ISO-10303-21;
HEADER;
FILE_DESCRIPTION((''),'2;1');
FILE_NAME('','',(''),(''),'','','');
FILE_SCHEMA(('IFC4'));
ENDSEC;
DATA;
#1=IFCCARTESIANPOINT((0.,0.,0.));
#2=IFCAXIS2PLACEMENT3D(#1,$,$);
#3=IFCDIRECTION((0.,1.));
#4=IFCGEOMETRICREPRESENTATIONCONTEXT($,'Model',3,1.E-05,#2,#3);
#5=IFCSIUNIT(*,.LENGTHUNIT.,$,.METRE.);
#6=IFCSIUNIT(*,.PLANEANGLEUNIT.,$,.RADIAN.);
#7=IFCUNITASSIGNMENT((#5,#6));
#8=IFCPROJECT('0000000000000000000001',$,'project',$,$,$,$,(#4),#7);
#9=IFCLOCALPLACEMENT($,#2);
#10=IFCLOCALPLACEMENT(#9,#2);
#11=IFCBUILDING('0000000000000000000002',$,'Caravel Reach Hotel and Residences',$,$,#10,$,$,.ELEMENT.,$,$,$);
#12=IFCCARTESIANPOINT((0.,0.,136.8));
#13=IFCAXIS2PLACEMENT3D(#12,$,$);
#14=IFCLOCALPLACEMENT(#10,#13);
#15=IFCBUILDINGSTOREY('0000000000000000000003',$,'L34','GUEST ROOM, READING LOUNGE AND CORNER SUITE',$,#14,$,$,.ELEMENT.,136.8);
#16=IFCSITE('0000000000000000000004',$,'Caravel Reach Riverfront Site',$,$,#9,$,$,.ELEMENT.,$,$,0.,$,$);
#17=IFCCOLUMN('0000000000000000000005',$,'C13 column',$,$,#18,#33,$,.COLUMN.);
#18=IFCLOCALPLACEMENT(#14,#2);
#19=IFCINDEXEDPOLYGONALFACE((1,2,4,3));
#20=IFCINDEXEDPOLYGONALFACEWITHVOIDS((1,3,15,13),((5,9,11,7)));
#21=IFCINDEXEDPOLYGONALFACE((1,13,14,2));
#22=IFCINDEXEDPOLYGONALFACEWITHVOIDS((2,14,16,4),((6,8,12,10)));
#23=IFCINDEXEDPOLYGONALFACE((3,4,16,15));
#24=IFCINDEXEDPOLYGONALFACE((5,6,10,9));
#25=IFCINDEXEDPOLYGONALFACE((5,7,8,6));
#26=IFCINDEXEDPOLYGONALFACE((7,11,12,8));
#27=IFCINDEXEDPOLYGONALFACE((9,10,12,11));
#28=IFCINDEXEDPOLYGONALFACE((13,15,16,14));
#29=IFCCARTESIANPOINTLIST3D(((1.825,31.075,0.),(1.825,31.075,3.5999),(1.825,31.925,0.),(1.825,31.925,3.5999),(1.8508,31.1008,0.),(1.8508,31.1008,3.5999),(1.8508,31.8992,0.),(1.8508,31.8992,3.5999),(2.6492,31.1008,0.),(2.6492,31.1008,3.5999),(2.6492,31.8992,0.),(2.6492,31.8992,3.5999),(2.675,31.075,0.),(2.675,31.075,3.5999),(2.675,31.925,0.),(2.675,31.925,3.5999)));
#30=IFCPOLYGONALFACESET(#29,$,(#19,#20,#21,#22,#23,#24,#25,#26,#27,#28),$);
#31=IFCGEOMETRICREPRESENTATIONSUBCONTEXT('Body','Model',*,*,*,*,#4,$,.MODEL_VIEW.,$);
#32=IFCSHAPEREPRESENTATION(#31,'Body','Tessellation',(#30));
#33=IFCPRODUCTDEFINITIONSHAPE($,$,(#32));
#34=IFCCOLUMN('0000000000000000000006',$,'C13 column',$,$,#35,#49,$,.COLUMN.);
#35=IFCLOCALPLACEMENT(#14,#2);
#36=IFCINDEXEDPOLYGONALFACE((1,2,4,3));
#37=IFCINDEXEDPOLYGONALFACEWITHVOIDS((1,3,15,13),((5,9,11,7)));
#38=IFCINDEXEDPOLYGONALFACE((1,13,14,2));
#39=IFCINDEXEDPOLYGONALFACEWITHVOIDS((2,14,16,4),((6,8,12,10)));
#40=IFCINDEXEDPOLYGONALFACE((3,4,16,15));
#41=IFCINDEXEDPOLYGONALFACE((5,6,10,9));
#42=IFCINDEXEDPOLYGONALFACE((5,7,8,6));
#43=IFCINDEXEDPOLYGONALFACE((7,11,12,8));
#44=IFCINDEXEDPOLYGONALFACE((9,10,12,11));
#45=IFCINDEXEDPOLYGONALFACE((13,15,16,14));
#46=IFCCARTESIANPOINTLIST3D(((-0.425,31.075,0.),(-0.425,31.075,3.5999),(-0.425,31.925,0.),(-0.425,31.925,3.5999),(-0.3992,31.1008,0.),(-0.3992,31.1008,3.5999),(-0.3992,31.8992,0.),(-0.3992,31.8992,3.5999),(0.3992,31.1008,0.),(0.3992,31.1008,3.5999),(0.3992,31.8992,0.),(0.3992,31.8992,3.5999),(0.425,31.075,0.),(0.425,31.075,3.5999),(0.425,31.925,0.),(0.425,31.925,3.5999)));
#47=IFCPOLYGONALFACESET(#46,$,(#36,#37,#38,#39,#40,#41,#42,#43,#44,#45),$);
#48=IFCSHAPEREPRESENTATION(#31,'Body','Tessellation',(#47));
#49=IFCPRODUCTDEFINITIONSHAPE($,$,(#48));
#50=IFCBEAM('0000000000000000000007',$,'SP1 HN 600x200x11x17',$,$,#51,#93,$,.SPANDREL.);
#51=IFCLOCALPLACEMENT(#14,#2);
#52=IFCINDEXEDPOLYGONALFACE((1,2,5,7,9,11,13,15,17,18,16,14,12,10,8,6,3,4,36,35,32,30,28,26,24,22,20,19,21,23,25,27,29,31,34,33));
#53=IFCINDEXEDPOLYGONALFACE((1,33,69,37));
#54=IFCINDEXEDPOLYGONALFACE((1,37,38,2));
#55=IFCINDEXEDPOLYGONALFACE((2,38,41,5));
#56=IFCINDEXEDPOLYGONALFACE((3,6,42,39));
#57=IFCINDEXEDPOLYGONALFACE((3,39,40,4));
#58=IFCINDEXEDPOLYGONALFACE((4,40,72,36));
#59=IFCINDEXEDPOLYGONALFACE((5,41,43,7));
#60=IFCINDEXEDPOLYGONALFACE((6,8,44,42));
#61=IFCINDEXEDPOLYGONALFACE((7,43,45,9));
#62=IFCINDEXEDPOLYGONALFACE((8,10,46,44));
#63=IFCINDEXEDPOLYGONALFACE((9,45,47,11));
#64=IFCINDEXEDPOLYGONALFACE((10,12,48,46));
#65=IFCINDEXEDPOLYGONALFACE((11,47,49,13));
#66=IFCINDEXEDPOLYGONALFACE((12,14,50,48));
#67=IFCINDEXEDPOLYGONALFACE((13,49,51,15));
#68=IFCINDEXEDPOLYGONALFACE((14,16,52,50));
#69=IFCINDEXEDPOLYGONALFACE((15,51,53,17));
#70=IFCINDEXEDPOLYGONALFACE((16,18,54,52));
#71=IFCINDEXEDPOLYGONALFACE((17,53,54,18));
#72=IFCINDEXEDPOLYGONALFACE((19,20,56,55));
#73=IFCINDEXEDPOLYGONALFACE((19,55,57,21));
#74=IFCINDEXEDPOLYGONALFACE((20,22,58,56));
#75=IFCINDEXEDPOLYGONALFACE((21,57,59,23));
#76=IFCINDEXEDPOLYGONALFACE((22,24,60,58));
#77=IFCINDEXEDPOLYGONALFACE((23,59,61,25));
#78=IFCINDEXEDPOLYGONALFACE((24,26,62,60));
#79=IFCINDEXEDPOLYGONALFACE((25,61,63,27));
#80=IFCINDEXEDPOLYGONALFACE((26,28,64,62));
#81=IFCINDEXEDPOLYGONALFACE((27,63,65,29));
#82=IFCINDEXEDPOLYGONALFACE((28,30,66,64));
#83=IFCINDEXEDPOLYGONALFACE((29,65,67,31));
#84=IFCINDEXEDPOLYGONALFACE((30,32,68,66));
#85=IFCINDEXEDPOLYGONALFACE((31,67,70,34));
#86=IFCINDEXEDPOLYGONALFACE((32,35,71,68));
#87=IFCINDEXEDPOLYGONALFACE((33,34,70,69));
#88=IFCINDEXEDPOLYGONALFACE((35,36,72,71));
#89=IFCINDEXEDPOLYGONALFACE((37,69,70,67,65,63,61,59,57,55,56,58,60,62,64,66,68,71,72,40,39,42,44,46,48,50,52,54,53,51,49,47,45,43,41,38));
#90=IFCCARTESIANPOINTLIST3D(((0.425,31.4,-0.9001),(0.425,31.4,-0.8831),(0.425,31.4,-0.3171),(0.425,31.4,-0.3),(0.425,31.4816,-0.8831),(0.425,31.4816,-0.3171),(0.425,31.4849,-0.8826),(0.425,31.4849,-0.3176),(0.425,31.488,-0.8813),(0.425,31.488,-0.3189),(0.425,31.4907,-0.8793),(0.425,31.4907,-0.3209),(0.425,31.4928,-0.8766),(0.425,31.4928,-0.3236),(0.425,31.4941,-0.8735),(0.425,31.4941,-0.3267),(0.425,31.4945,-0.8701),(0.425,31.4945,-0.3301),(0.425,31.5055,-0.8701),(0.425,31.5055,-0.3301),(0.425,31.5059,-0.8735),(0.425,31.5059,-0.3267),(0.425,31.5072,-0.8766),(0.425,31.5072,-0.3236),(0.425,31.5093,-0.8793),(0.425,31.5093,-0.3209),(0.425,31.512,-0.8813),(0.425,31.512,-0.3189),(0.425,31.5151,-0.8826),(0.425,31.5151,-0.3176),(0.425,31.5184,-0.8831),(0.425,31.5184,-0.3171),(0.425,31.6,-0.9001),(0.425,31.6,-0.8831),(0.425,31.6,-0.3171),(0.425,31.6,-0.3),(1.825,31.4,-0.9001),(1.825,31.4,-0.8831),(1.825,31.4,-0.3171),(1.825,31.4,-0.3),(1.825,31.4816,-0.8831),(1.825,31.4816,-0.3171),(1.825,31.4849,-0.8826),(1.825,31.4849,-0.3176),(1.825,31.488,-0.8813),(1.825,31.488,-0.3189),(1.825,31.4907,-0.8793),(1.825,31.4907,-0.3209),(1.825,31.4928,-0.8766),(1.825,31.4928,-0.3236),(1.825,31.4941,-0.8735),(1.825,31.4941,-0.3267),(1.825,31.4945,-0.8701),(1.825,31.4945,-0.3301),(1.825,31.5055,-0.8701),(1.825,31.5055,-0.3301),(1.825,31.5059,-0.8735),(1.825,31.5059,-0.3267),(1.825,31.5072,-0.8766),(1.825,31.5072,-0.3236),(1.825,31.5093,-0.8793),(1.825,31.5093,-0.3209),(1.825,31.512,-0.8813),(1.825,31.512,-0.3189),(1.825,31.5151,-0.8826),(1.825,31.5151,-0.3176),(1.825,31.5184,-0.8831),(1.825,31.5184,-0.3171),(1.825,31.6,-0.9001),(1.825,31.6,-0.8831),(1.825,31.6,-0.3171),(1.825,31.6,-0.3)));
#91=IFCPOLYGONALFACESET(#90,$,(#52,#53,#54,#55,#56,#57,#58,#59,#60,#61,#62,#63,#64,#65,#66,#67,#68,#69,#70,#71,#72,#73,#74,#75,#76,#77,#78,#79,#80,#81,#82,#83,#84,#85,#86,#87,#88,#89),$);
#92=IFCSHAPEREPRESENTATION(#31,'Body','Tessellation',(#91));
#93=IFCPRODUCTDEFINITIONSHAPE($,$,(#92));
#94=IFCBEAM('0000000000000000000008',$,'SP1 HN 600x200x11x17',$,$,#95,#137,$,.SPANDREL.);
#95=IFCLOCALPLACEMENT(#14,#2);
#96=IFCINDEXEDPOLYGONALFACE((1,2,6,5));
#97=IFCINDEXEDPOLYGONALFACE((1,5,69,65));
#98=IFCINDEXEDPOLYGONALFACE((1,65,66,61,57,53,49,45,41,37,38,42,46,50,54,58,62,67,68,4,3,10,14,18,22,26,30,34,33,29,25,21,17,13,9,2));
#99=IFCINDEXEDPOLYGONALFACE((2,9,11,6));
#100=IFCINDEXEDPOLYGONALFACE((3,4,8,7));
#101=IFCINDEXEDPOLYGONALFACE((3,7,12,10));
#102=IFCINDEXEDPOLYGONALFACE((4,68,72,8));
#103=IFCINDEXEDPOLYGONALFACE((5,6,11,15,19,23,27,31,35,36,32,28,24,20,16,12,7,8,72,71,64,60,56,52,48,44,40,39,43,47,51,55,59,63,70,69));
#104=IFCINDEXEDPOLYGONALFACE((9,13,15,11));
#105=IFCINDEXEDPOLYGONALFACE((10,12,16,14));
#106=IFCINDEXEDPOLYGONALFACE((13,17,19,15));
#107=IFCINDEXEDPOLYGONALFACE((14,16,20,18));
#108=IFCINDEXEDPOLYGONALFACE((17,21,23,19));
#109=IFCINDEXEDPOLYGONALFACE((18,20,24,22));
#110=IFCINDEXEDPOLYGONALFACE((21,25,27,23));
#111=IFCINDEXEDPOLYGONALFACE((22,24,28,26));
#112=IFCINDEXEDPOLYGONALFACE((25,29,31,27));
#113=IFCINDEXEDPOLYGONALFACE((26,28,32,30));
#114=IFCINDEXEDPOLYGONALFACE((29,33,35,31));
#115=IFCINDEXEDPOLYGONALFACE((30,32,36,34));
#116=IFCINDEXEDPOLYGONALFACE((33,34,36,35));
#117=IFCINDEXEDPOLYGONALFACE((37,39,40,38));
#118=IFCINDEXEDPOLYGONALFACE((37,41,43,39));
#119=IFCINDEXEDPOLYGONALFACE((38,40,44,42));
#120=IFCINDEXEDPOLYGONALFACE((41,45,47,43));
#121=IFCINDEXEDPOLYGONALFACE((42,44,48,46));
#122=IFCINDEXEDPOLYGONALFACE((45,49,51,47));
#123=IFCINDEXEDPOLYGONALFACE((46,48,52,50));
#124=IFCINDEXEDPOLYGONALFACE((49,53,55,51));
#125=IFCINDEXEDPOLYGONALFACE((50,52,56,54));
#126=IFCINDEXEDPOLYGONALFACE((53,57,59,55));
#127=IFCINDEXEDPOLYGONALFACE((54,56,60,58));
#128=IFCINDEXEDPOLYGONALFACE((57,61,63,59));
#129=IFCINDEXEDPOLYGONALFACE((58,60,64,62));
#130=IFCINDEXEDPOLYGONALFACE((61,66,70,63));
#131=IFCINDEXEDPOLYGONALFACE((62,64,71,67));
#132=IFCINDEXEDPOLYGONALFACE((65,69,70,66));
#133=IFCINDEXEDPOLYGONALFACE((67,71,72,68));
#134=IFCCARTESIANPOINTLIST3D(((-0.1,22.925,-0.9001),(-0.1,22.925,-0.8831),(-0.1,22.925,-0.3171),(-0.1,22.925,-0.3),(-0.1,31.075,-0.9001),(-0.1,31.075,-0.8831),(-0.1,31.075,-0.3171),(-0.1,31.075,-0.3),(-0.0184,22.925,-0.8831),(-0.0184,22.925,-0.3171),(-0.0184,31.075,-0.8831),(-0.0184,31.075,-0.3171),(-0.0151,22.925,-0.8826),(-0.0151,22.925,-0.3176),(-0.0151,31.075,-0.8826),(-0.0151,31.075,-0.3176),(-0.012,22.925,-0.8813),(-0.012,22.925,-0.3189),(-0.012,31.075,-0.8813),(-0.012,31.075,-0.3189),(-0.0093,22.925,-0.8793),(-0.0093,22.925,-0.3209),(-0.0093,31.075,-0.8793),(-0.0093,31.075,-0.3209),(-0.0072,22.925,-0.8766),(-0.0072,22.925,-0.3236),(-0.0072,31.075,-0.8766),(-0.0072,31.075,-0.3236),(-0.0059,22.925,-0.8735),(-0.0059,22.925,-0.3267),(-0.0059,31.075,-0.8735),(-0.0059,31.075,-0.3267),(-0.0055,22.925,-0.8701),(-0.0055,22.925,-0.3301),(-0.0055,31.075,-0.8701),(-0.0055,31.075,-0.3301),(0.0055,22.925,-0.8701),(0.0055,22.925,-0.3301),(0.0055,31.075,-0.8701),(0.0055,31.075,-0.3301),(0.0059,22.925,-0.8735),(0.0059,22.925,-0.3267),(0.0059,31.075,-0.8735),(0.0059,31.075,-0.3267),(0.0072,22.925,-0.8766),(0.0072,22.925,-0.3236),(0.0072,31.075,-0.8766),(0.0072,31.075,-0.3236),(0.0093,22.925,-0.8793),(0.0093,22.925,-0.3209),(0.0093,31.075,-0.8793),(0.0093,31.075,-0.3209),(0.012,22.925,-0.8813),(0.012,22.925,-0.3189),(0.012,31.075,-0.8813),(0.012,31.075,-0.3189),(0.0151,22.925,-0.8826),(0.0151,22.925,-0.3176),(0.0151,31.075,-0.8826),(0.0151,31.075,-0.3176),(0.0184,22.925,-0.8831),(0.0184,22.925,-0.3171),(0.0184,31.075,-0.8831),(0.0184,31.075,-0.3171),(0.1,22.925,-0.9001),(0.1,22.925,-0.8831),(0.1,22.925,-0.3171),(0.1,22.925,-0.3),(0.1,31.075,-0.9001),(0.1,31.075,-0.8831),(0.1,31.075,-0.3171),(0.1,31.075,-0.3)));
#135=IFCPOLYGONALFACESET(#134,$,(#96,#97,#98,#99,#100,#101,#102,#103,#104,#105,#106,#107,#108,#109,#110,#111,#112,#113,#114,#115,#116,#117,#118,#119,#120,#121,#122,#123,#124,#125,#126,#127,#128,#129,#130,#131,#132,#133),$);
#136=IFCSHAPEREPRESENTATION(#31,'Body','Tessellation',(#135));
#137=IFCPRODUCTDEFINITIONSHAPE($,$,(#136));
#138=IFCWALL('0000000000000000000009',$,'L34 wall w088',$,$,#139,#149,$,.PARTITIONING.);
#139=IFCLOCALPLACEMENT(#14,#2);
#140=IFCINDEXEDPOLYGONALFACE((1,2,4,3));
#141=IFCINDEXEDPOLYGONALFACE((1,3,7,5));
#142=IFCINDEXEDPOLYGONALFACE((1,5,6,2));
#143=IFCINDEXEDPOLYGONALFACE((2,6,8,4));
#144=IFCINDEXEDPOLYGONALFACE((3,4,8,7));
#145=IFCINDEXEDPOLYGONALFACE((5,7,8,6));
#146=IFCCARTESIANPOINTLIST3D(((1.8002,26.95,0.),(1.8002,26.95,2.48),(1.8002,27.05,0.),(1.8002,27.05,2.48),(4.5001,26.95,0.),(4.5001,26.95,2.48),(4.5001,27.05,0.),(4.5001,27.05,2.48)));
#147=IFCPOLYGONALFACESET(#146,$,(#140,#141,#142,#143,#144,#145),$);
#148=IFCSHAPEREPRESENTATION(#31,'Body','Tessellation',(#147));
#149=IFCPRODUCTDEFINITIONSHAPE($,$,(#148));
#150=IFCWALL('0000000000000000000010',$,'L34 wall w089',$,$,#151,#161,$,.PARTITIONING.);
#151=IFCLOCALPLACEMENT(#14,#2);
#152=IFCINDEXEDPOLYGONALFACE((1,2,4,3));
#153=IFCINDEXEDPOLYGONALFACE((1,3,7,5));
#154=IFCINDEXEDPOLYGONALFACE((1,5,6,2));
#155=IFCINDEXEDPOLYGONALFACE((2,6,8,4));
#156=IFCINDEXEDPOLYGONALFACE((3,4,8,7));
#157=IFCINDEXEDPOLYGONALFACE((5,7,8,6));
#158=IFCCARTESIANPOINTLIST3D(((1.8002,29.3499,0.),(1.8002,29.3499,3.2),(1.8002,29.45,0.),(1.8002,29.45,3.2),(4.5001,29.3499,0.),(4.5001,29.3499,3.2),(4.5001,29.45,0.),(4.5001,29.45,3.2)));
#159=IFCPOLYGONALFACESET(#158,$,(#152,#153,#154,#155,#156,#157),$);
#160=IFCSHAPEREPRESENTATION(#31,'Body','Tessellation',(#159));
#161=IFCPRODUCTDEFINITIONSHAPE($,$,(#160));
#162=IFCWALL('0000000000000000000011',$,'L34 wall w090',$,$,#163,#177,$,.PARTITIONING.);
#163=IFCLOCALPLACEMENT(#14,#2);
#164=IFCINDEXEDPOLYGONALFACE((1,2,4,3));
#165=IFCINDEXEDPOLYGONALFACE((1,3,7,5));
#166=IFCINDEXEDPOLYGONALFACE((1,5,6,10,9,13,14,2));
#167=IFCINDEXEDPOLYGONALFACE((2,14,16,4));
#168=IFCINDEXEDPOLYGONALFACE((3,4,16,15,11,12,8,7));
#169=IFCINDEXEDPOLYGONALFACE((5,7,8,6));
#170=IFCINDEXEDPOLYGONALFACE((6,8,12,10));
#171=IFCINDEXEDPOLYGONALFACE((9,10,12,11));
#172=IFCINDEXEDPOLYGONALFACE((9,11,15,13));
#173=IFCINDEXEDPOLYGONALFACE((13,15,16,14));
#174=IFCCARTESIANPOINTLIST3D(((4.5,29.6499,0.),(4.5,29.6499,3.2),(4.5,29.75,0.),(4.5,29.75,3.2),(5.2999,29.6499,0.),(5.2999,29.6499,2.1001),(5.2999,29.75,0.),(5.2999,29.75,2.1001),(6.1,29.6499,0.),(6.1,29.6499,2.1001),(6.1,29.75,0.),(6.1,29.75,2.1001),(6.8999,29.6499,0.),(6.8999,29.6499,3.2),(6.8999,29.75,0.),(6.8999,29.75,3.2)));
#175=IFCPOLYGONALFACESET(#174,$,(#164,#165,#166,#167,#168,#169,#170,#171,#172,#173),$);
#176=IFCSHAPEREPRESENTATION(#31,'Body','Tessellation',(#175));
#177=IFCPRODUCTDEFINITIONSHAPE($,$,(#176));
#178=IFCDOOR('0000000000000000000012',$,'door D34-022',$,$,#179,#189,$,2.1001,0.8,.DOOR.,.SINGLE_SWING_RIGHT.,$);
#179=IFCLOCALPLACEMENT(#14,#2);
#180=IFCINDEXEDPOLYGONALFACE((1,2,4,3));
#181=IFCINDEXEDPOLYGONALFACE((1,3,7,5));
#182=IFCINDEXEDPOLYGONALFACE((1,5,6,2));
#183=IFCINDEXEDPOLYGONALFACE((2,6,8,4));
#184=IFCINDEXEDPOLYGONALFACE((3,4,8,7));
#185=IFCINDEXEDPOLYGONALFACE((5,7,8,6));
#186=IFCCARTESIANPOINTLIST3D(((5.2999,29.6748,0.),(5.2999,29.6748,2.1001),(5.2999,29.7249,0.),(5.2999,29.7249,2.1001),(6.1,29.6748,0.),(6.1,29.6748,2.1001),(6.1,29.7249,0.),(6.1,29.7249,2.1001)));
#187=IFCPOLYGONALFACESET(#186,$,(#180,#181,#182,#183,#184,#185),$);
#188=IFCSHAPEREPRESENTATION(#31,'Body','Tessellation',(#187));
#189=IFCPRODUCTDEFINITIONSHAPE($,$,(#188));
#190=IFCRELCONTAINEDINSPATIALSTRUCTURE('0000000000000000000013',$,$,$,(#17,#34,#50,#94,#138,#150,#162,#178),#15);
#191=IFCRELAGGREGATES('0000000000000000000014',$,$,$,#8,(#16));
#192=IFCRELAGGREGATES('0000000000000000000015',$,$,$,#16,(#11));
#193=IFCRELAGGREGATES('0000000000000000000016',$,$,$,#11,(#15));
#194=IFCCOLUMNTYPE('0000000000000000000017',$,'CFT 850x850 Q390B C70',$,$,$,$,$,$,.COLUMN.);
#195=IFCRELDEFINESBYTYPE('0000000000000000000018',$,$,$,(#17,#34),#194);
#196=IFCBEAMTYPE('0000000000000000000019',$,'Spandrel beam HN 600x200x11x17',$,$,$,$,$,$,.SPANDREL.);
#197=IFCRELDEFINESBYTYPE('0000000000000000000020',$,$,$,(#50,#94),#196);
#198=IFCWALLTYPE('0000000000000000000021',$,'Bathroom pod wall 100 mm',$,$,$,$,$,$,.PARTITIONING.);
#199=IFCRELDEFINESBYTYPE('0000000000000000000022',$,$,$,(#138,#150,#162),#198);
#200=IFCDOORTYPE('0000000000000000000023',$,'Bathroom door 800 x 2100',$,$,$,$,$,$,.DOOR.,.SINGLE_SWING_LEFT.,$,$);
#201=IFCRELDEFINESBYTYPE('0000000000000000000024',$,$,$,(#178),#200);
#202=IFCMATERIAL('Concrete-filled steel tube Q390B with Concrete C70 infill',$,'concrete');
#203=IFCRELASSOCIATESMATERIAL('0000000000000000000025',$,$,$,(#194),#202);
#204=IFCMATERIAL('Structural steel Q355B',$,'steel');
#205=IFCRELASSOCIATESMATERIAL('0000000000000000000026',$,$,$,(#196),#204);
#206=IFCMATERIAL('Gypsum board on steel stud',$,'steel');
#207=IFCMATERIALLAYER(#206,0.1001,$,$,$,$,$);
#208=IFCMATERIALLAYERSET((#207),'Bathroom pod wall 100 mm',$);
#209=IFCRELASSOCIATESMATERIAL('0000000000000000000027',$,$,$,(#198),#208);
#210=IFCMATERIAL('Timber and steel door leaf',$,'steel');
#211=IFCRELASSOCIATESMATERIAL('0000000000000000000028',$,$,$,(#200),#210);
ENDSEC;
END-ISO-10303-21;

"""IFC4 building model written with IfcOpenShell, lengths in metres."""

from ifc_helpers import new_model, si_unit, direction, frame, frame_2d, origin, origin_2d, place, context, subcontext, project, spatial, rectangle, hollow_rectangle, i_section, extrude, material, layer, layer_set, material_profile, profile_set, type_object, element, fill, save


model = new_model("IFC4")

# Units and contexts
model_context = context("Model", 3, precision=1e-05, world=origin(), true_north=direction((0.0, 1.0)))
body_context = subcontext(model_context, "Body", "Model", "MODEL_VIEW")
ifc_project = project(units=[si_unit("LENGTHUNIT", "METRE"), si_unit("PLANEANGLEUNIT", "RADIAN")], contexts=[model_context])

# Site, building, storey
site_placement = place(None, origin())
site = spatial("IfcSite", under=ifc_project, at=site_placement, Name="Caravel Reach Riverfront Site", CompositionType="ELEMENT", RefElevation=0.0)
building_placement = place(site_placement, origin())
building = spatial("IfcBuilding", under=site, at=building_placement, Name="Caravel Reach Hotel and Residences", CompositionType="ELEMENT")
storey_placement = place(building_placement, frame((0.0, 0.0, 136.8)))
storey = spatial("IfcBuildingStorey", under=building, at=storey_placement, Name="L34", Description="GUEST ROOM, READING LOUNGE AND CORNER SUITE", CompositionType="ELEMENT", Elevation=136.8)

# Columns
ifc_material_1 = material(Name="Concrete-filled steel tube Q390B with Concrete C70 infill", Category="concrete")
ifc_material_profile_1 = material_profile(ifc_material_1, hollow_rectangle(XDim=0.8501, YDim=0.8501, WallThickness=0.0259, at=origin_2d()), Name="RHS 850x850x26")
ifc_profile_set_1 = profile_set([ifc_material_profile_1], Name="Concrete-filled steel tube Q390B with Concrete C70 infill")
column_type = type_object("IfcColumnType", Name="CFT 850x850 Q390B C70", PredefinedType="COLUMN", material=ifc_profile_set_1)
for number, where, z_axis, x_axis, name in (
    (1, (2.25, 31.5, 0.0), (0.0, 0.0, 1.0), (1.0, 0.0, 0.0), "C13 column"),
    (2, (0.0, 31.5, 0.0), (0.0, 0.0, 1.0), (1.0, 0.0, 0.0), "C13 column"),
):
    element("IfcColumn", number, at=place(storey_placement, frame(where, z_axis=z_axis, x_axis=x_axis)), inside=storey, type_object=column_type, Name=name, PredefinedType="COLUMN", context=body_context, shape_type="SweptSolid", body=[
        extrude(hollow_rectangle(XDim=0.8501, YDim=0.8501, WallThickness=0.0259, at=origin_2d()), origin(), (0.0, 0.0, 1.0), 3.5999),
    ])

# Beams
ifc_material_2 = material(Name="Structural steel Q355B", Category="steel")
ifc_material_profile_2 = material_profile(ifc_material_2, i_section(OverallWidth=0.2, OverallDepth=0.6001, WebThickness=0.011, FlangeThickness=0.0171, FilletRadius=0.0129, at=origin_2d()), Name="HN 600x200x11x17")
ifc_profile_set_2 = profile_set([ifc_material_profile_2], Name="Structural steel Q355B")
beam_type = type_object("IfcBeamType", Name="Spandrel beam HN 600x200x11x17", PredefinedType="SPANDREL", material=ifc_profile_set_2)
beam_1_placement = place(storey_placement, frame((1.825, 31.5, -0.6001), z_axis=(-1.0, 0.0, 0.0), x_axis=(0.0, -1.0, 0.0)))
element("IfcBeam", 3, at=beam_1_placement, inside=storey, type_object=beam_type, Name="SP1 HN 600x200x11x17", PredefinedType="SPANDREL", context=body_context, shape_type="SweptSolid", body=[
    extrude(i_section(OverallWidth=0.2, OverallDepth=0.6001, WebThickness=0.011, FlangeThickness=0.0171, FilletRadius=0.0129, at=origin_2d()), origin(), (0.0, 0.0, 1.0), 1.3999),
])
beam_2_placement = place(storey_placement, frame((0.0, 31.075, -0.6001), z_axis=(0.0, -1.0, 0.0), x_axis=(1.0, 0.0, 0.0)))
element("IfcBeam", 4, at=beam_2_placement, inside=storey, type_object=beam_type, Name="SP1 HN 600x200x11x17", PredefinedType="SPANDREL", context=body_context, shape_type="SweptSolid", body=[
    extrude(i_section(OverallWidth=0.2, OverallDepth=0.6001, WebThickness=0.011, FlangeThickness=0.0171, FilletRadius=0.0129, at=origin_2d()), origin(), (0.0, 0.0, 1.0), 8.1499),
])

# Walls
ifc_material_3 = material(Name="Gypsum board on steel stud", Category="steel")
ifc_layer_1 = layer(ifc_material_3, 0.1001)
ifc_layer_set_1 = layer_set([ifc_layer_1], Name="Bathroom pod wall 100 mm")
wall_type_1 = type_object("IfcWallType", Name="Bathroom pod wall 100 mm", PredefinedType="PARTITIONING", material=ifc_layer_set_1)
wall_1_placement = place(storey_placement, frame((1.8, 27.0, 0.0), z_axis=(0.0, 0.0, 1.0), x_axis=(1.0, 0.0, 0.0)))
element("IfcWall", 5, at=wall_1_placement, inside=storey, type_object=wall_type_1, Name="L34 wall w088", PredefinedType="PARTITIONING", context=body_context, shape_type="SweptSolid", body=[
    extrude(rectangle(XDim=2.7, YDim=0.1001, at=frame_2d((1.3501, 0.0))), origin(), (0.0, 0.0, 1.0), 2.48),
])
wall_2_placement = place(storey_placement, frame((1.8, 29.3999, 0.0), z_axis=(0.0, 0.0, 1.0), x_axis=(1.0, 0.0, 0.0)))
element("IfcWall", 6, at=wall_2_placement, inside=storey, type_object=wall_type_1, Name="L34 wall w089", PredefinedType="PARTITIONING", context=body_context, shape_type="SweptSolid", body=[
    extrude(rectangle(XDim=2.7, YDim=0.1001, at=frame_2d((1.3501, 0.0))), origin(), (0.0, 0.0, 1.0), 3.2),
])

# Wall, opening, door
wall_3_placement = place(storey_placement, frame((4.5, 29.7, 0.0), z_axis=(0.0, 0.0, 1.0), x_axis=(1.0, 0.0, 0.0)))
wall_3 = element("IfcWall", 7, at=wall_3_placement, inside=storey, type_object=wall_type_1, Name="L34 wall w090", PredefinedType="PARTITIONING", context=body_context, shape_type="SweptSolid", body=[
    extrude(rectangle(XDim=2.3999, YDim=0.1001, at=frame_2d((1.2, 0.0))), origin(), (0.0, 0.0, 1.0), 3.2),
])
opening_1_placement = place(wall_3_placement, frame((0.8, 0.0, 0.0)))
opening_1 = element("IfcOpeningElement", 8, at=opening_1_placement, cuts=wall_3, PredefinedType="OPENING", context=body_context, shape_type="SweptSolid", body=[
    extrude(rectangle(XDim=0.8, YDim=2.1001, at=frame_2d((0.3999, 1.05))), frame((0.0, 0.0601, 0.0), z_axis=(0.0, -1.0, 0.0), x_axis=(1.0, 0.0, 0.0)), (0.0, 0.0, 1.0), 0.1201),
])
ifc_material_4 = material(Name="Timber and steel door leaf", Category="steel")
door_type_1 = type_object("IfcDoorType", Name="Bathroom door 800 x 2100", OperationType="SINGLE_SWING_LEFT", PredefinedType="DOOR", material=ifc_material_4)
door_1_placement = place(opening_1_placement, origin())
door_1 = element("IfcDoor", 9, at=door_1_placement, inside=storey, type_object=door_type_1, Name="door D34-022", OperationType="SINGLE_SWING_RIGHT", OverallHeight=2.1001, OverallWidth=0.8, PredefinedType="DOOR", context=body_context, shape_type="SweptSolid", body=[
    extrude(rectangle(XDim=0.8, YDim=2.1001, at=frame_2d((0.3999, 1.05))), frame((0.0, 0.0249, 0.0), z_axis=(0.0, -1.0, 0.0), x_axis=(1.0, 0.0, 0.0)), (0.0, 0.0, 1.0), 0.05),
])
fill(opening_1, door_1)

save(model, "model.ifc")
